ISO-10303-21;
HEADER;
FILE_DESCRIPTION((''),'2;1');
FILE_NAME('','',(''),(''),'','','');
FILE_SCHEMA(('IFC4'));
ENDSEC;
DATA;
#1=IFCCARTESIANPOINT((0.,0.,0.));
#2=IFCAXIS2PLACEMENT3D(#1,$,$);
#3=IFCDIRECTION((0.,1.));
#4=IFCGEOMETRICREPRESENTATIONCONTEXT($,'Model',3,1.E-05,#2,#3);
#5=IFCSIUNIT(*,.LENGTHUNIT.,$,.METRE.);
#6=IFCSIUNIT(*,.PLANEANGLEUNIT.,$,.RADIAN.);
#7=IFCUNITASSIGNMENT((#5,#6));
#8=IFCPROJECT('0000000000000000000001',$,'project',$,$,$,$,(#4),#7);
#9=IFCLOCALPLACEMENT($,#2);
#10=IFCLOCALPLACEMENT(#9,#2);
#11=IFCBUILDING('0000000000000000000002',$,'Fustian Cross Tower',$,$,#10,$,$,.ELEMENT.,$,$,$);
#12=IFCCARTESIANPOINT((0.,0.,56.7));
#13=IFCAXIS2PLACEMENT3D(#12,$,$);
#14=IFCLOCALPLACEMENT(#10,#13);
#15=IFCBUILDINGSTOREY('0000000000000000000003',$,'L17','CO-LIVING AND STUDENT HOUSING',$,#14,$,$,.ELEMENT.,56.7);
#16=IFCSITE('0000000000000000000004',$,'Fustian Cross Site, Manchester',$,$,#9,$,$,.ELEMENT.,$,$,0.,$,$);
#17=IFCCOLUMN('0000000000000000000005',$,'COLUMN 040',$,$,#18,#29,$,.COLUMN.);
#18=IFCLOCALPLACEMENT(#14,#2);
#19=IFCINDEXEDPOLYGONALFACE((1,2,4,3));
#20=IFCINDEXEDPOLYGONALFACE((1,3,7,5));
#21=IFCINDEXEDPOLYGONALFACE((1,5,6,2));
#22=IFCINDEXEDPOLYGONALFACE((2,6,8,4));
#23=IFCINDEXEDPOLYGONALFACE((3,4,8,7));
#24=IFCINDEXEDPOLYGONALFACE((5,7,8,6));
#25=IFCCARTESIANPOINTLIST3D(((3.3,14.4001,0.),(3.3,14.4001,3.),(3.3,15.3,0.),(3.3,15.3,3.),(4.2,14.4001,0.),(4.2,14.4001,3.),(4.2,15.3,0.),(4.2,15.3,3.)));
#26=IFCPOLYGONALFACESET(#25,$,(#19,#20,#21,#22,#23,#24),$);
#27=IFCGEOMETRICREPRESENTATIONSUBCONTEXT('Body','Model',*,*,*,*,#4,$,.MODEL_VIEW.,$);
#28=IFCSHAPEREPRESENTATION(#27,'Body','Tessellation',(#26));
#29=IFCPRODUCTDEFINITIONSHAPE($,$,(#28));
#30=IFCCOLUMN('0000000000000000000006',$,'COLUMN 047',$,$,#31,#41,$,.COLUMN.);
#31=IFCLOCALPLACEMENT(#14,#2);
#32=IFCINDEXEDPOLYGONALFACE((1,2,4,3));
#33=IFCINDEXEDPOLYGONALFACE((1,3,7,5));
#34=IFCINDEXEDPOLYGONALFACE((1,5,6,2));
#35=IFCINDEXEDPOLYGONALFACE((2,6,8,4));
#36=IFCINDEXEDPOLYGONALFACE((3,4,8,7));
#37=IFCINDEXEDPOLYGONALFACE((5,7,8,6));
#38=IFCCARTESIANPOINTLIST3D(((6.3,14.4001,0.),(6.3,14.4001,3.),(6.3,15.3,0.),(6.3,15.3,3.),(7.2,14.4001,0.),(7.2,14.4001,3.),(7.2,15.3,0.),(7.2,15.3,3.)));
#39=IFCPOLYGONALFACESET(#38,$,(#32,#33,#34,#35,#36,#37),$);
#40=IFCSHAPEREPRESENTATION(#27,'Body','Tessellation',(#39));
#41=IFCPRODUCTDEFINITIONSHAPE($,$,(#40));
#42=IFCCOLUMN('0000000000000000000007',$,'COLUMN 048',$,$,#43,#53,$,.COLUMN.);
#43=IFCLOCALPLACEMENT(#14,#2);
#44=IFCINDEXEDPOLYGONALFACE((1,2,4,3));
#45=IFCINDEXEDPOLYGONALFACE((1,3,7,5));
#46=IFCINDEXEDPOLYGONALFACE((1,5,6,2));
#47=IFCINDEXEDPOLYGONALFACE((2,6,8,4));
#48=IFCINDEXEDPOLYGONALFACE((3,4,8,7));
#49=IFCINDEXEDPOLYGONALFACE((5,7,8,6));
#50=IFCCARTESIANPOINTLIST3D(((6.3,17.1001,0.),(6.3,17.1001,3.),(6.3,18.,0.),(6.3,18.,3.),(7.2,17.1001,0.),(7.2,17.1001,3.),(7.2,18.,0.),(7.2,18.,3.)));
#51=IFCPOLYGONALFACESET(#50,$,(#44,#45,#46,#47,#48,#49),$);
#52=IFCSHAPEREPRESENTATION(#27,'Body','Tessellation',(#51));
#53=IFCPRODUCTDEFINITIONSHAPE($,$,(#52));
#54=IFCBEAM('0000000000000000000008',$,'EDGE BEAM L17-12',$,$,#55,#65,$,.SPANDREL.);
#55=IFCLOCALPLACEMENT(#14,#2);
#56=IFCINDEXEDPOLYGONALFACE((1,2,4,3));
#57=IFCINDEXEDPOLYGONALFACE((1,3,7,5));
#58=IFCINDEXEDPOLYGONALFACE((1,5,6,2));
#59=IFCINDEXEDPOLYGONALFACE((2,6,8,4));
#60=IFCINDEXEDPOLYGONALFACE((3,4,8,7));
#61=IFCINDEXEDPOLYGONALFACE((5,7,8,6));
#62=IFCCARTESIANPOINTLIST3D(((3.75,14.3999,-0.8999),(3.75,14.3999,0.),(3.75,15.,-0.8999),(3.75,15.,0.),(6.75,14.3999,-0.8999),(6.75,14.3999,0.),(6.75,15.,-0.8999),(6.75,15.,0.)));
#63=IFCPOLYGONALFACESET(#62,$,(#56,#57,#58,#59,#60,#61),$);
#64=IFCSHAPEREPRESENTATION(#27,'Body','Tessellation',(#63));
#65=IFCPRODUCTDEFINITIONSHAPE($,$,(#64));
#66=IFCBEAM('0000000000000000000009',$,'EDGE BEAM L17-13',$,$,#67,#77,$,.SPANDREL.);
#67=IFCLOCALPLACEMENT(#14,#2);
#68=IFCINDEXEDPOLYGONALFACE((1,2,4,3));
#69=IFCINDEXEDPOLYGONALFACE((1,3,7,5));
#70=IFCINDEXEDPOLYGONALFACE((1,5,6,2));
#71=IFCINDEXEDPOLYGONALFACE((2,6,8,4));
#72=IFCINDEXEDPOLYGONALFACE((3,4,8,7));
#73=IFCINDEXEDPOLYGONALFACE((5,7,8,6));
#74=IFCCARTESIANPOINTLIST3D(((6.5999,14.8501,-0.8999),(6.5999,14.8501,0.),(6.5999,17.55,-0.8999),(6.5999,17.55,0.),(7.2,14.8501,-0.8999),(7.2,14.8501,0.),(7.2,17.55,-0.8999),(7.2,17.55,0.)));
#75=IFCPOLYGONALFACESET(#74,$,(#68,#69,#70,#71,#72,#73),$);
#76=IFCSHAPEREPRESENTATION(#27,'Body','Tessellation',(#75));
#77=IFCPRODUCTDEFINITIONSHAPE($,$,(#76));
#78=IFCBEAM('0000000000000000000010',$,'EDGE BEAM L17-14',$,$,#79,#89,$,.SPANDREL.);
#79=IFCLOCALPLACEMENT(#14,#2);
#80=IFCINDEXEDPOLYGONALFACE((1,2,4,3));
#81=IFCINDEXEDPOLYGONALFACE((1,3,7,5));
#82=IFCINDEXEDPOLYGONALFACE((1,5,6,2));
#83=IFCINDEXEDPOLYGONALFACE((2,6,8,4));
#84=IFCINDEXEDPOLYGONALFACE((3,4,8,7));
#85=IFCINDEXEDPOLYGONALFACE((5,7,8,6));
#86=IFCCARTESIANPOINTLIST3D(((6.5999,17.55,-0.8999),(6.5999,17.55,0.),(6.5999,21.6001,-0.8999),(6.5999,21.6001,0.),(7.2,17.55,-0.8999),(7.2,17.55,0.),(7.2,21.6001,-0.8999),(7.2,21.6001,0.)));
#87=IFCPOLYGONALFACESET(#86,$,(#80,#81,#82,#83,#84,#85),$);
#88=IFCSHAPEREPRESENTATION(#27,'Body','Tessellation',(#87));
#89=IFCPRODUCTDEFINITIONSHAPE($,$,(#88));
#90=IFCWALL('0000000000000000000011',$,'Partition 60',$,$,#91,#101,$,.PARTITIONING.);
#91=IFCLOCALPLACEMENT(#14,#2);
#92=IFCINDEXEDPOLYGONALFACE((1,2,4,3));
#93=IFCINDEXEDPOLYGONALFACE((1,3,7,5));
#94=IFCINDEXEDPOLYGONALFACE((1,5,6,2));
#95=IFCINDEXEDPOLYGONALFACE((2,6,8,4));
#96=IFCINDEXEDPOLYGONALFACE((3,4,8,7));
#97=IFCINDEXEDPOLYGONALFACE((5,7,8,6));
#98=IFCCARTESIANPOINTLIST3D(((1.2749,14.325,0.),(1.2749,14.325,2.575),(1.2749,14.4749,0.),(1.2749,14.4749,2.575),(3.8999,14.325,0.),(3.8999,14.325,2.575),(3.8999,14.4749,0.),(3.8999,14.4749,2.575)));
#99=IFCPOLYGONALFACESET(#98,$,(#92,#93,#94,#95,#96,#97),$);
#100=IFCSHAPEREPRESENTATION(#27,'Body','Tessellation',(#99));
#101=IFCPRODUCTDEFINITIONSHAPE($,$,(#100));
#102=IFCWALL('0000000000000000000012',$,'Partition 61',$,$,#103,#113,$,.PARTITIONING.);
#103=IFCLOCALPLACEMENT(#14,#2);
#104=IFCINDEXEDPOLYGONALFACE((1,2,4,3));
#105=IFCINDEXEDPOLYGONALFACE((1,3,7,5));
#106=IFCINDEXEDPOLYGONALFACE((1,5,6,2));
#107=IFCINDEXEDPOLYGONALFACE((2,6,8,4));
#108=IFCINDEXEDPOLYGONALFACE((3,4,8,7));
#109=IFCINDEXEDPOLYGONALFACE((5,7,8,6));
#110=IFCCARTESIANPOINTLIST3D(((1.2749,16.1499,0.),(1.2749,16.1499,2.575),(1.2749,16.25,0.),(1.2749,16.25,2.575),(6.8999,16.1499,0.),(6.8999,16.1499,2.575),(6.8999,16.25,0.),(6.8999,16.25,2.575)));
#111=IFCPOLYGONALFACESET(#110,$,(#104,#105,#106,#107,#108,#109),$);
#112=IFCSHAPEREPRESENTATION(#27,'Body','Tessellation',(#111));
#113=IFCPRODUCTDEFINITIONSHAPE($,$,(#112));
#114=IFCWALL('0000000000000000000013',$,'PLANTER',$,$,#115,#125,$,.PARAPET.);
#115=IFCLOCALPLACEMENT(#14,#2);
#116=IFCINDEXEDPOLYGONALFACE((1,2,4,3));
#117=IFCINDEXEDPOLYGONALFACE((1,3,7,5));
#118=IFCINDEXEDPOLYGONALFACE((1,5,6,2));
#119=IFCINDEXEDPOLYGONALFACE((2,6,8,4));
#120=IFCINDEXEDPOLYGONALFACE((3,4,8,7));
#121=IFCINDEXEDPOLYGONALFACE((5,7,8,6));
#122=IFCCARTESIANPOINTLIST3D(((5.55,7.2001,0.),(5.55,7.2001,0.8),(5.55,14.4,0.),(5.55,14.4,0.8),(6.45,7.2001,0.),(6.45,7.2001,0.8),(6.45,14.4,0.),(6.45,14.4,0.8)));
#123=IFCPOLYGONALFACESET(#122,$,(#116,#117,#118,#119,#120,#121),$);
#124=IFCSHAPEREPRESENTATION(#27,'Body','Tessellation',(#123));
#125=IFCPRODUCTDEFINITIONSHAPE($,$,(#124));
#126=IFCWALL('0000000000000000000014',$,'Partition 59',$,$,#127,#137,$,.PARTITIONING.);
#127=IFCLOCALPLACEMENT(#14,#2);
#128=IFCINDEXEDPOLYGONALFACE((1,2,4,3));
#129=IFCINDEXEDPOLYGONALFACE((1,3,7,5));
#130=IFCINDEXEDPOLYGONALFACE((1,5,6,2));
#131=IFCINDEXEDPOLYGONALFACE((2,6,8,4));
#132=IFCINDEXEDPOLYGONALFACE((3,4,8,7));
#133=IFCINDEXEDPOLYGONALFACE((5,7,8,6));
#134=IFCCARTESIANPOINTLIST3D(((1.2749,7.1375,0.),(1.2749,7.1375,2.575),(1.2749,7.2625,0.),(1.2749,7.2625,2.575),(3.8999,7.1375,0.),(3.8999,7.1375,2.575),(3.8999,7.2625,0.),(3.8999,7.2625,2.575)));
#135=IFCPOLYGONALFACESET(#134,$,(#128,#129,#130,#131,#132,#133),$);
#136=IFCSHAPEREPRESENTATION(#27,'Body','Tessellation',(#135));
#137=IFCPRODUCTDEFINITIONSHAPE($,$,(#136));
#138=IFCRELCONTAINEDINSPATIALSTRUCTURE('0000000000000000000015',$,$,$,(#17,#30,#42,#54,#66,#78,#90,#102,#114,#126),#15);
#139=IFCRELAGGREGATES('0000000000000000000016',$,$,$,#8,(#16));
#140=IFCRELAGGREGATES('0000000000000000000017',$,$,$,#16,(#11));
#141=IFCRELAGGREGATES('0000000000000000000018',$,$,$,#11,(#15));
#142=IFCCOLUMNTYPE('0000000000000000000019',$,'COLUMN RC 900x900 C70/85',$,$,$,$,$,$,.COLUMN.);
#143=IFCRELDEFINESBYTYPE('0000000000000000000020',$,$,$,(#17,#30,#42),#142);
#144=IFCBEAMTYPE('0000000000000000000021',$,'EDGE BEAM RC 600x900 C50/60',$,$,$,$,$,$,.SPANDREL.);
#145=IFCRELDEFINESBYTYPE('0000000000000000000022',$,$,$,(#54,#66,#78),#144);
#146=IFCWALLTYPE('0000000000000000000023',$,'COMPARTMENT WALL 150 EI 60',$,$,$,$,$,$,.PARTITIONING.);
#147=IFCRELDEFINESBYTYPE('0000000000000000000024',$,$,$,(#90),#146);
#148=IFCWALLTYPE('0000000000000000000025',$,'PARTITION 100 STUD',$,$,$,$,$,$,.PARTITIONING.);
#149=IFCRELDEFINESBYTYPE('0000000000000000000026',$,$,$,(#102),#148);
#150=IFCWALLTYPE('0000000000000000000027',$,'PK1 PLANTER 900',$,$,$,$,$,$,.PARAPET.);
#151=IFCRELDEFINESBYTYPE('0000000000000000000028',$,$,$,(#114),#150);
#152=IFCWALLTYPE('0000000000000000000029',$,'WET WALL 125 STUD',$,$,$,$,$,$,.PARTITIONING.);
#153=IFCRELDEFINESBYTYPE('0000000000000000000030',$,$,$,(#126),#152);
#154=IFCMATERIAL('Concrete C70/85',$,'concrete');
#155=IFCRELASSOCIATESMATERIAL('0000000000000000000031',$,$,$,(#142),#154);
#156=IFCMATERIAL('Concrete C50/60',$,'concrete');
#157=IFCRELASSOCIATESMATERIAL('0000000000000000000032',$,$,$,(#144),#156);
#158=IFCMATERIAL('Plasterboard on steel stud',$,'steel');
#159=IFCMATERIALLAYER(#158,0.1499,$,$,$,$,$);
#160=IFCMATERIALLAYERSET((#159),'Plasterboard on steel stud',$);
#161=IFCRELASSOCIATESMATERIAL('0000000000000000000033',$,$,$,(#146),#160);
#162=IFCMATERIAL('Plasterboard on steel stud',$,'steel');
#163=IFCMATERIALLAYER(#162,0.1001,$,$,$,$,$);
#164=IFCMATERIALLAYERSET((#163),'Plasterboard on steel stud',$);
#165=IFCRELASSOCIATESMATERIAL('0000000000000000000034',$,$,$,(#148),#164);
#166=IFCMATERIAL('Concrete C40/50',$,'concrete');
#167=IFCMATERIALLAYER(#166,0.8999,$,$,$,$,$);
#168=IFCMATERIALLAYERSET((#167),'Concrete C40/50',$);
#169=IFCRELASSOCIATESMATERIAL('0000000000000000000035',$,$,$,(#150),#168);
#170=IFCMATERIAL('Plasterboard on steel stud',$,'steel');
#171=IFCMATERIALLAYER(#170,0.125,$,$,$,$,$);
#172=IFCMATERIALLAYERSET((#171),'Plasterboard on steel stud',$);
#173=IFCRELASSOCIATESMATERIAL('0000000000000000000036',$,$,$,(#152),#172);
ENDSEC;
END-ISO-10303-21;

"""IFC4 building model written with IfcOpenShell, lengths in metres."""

from ifc_helpers import new_model, si_unit, direction, frame, frame_2d, origin, origin_2d, place, context, subcontext, project, spatial, rectangle, extrude, material, layer, layer_set, material_profile, profile_set, type_object, element, save


model = new_model("IFC4")

# Units and contexts
model_context = context("Model", 3, precision=1e-05, world=origin(), true_north=direction((0.0, 1.0)))
body_context = subcontext(model_context, "Body", "Model", "MODEL_VIEW")
ifc_project = project(units=[si_unit("LENGTHUNIT", "METRE"), si_unit("PLANEANGLEUNIT", "RADIAN")], contexts=[model_context])

# Site, building, storey
site_placement = place(None, origin())
site = spatial("IfcSite", under=ifc_project, at=site_placement, Name="Fustian Cross Site, Manchester", CompositionType="ELEMENT", RefElevation=0.0)
building_placement = place(site_placement, origin())
building = spatial("IfcBuilding", under=site, at=building_placement, Name="Fustian Cross Tower", CompositionType="ELEMENT")
storey_placement = place(building_placement, frame((0.0, 0.0, 56.7)))
storey = spatial("IfcBuildingStorey", under=building, at=storey_placement, Name="L17", Description="CO-LIVING AND STUDENT HOUSING", CompositionType="ELEMENT", Elevation=56.7)

# Columns
ifc_material_1 = material(Name="Concrete C70/85", Category="concrete")
ifc_material_profile_1 = material_profile(ifc_material_1, rectangle(XDim=0.8999, YDim=0.8999, at=origin_2d()), Name="RC 900x900")
ifc_profile_set_1 = profile_set([ifc_material_profile_1], Name="Concrete C70/85")
column_type = type_object("IfcColumnType", Name="COLUMN RC 900x900 C70/85", PredefinedType="COLUMN", material=ifc_profile_set_1)
for number, where, z_axis, x_axis, name in (
    (1, (3.75, 14.8501, 0.0), (0.0, 0.0, 1.0), (1.0, 0.0, 0.0), "COLUMN 040"),
    (2, (6.75, 14.8501, 0.0), (0.0, 0.0, 1.0), (1.0, 0.0, 0.0), "COLUMN 047"),
    (3, (6.75, 17.55, 0.0), (0.0, 0.0, 1.0), (1.0, 0.0, 0.0), "COLUMN 048"),
):
    element("IfcColumn", number, at=place(storey_placement, frame(where, z_axis=z_axis, x_axis=x_axis)), inside=storey, type_object=column_type, Name=name, PredefinedType="COLUMN", context=body_context, shape_type="SweptSolid", body=[
        extrude(rectangle(XDim=0.8999, YDim=0.8999, at=origin_2d()), origin(), (0.0, 0.0, 1.0), 3.0),
    ])

# Beams
ifc_material_2 = material(Name="Concrete C50/60", Category="concrete")
ifc_material_profile_2 = material_profile(ifc_material_2, rectangle(XDim=0.6001, YDim=0.8999, at=origin_2d()), Name="RC 600x900")
ifc_profile_set_2 = profile_set([ifc_material_profile_2], Name="Concrete C50/60")
beam_type = type_object("IfcBeamType", Name="EDGE BEAM RC 600x900 C50/60", PredefinedType="SPANDREL", material=ifc_profile_set_2)
beam_1_placement = place(storey_placement, frame((3.75, 14.7, -0.45), z_axis=(1.0, 0.0, 0.0), x_axis=(0.0, 1.0, 0.0)))
element("IfcBeam", 4, at=beam_1_placement, inside=storey, type_object=beam_type, Name="EDGE BEAM L17-12", PredefinedType="SPANDREL", context=body_context, shape_type="SweptSolid", body=[
    extrude(rectangle(XDim=0.6001, YDim=0.8999, at=origin_2d()), origin(), (0.0, 0.0, 1.0), 3.0),
])
beam_2_placement = place(storey_placement, frame((6.8999, 14.8501, -0.45), z_axis=(0.0, 1.0, 0.0), x_axis=(-1.0, 0.0, 0.0)))
element("IfcBeam", 5, at=beam_2_placement, inside=storey, type_object=beam_type, Name="EDGE BEAM L17-13", PredefinedType="SPANDREL", context=body_context, shape_type="SweptSolid", body=[
    extrude(rectangle(XDim=0.6001, YDim=0.8999, at=origin_2d()), origin(), (0.0, 0.0, 1.0), 2.7),
])
beam_3_placement = place(storey_placement, frame((6.8999, 17.55, -0.45), z_axis=(0.0, 1.0, 0.0), x_axis=(-1.0, 0.0, 0.0)))
element("IfcBeam", 6, at=beam_3_placement, inside=storey, type_object=beam_type, Name="EDGE BEAM L17-14", PredefinedType="SPANDREL", context=body_context, shape_type="SweptSolid", body=[
    extrude(rectangle(XDim=0.6001, YDim=0.8999, at=origin_2d()), origin(), (0.0, 0.0, 1.0), 4.05),
])

# Walls
ifc_material_3 = material(Name="Plasterboard on steel stud", Category="steel")
ifc_layer_1 = layer(ifc_material_3, 0.1499)
ifc_layer_set_1 = layer_set([ifc_layer_1], Name="Plasterboard on steel stud")
wall_type_1 = type_object("IfcWallType", Name="COMPARTMENT WALL 150 EI 60", PredefinedType="PARTITIONING", material=ifc_layer_set_1)
wall_1_placement = place(storey_placement, frame((1.2749, 14.3999, 0.0), z_axis=(0.0, 0.0, 1.0), x_axis=(1.0, 0.0, 0.0)))
element("IfcWall", 7, at=wall_1_placement, inside=storey, type_object=wall_type_1, Name="Partition 60", PredefinedType="PARTITIONING", context=body_context, shape_type="SweptSolid", body=[
    extrude(rectangle(XDim=2.625, YDim=0.1499, at=frame_2d((1.3125, 0.0))), origin(), (0.0, 0.0, 1.0), 2.575),
])
ifc_material_4 = material(Name="Plasterboard on steel stud", Category="steel")
ifc_layer_2 = layer(ifc_material_4, 0.1001)
ifc_layer_set_2 = layer_set([ifc_layer_2], Name="Plasterboard on steel stud")
wall_type_2 = type_object("IfcWallType", Name="PARTITION 100 STUD", PredefinedType="PARTITIONING", material=ifc_layer_set_2)
wall_2_placement = place(storey_placement, frame((1.2749, 16.2, 0.0), z_axis=(0.0, 0.0, 1.0), x_axis=(1.0, 0.0, 0.0)))
element("IfcWall", 8, at=wall_2_placement, inside=storey, type_object=wall_type_2, Name="Partition 61", PredefinedType="PARTITIONING", context=body_context, shape_type="SweptSolid", body=[
    extrude(rectangle(XDim=5.625, YDim=0.1001, at=frame_2d((2.8125, 0.0))), origin(), (0.0, 0.0, 1.0), 2.575),
])
ifc_material_5 = material(Name="Concrete C40/50", Category="concrete")
ifc_layer_3 = layer(ifc_material_5, 0.8999)
ifc_layer_set_3 = layer_set([ifc_layer_3], Name="Concrete C40/50")
wall_type_3 = type_object("IfcWallType", Name="PK1 PLANTER 900", PredefinedType="PARAPET", material=ifc_layer_set_3)
wall_3_placement = place(storey_placement, frame((6.0, 7.2, 0.0), z_axis=(0.0, 0.0, 1.0), x_axis=(0.0, 1.0, 0.0)))
element("IfcWall", 9, at=wall_3_placement, inside=storey, type_object=wall_type_3, Name="PLANTER", PredefinedType="PARAPET", context=body_context, shape_type="SweptSolid", body=[
    extrude(rectangle(XDim=7.2, YDim=0.8999, at=frame_2d((3.6001, 0.0))), origin(), (0.0, 0.0, 1.0), 0.8),
])
ifc_material_6 = material(Name="Plasterboard on steel stud", Category="steel")
ifc_layer_4 = layer(ifc_material_6, 0.125)
ifc_layer_set_4 = layer_set([ifc_layer_4], Name="Plasterboard on steel stud")
wall_type_4 = type_object("IfcWallType", Name="WET WALL 125 STUD", PredefinedType="PARTITIONING", material=ifc_layer_set_4)
wall_4_placement = place(storey_placement, frame((1.2749, 7.2, 0.0), z_axis=(0.0, 0.0, 1.0), x_axis=(1.0, 0.0, 0.0)))
element("IfcWall", 10, at=wall_4_placement, inside=storey, type_object=wall_type_4, Name="Partition 59", PredefinedType="PARTITIONING", context=body_context, shape_type="SweptSolid", body=[
    extrude(rectangle(XDim=2.625, YDim=0.125, at=frame_2d((1.3125, 0.0))), origin(), (0.0, 0.0, 1.0), 2.575),
])

save(model, "model.ifc")
